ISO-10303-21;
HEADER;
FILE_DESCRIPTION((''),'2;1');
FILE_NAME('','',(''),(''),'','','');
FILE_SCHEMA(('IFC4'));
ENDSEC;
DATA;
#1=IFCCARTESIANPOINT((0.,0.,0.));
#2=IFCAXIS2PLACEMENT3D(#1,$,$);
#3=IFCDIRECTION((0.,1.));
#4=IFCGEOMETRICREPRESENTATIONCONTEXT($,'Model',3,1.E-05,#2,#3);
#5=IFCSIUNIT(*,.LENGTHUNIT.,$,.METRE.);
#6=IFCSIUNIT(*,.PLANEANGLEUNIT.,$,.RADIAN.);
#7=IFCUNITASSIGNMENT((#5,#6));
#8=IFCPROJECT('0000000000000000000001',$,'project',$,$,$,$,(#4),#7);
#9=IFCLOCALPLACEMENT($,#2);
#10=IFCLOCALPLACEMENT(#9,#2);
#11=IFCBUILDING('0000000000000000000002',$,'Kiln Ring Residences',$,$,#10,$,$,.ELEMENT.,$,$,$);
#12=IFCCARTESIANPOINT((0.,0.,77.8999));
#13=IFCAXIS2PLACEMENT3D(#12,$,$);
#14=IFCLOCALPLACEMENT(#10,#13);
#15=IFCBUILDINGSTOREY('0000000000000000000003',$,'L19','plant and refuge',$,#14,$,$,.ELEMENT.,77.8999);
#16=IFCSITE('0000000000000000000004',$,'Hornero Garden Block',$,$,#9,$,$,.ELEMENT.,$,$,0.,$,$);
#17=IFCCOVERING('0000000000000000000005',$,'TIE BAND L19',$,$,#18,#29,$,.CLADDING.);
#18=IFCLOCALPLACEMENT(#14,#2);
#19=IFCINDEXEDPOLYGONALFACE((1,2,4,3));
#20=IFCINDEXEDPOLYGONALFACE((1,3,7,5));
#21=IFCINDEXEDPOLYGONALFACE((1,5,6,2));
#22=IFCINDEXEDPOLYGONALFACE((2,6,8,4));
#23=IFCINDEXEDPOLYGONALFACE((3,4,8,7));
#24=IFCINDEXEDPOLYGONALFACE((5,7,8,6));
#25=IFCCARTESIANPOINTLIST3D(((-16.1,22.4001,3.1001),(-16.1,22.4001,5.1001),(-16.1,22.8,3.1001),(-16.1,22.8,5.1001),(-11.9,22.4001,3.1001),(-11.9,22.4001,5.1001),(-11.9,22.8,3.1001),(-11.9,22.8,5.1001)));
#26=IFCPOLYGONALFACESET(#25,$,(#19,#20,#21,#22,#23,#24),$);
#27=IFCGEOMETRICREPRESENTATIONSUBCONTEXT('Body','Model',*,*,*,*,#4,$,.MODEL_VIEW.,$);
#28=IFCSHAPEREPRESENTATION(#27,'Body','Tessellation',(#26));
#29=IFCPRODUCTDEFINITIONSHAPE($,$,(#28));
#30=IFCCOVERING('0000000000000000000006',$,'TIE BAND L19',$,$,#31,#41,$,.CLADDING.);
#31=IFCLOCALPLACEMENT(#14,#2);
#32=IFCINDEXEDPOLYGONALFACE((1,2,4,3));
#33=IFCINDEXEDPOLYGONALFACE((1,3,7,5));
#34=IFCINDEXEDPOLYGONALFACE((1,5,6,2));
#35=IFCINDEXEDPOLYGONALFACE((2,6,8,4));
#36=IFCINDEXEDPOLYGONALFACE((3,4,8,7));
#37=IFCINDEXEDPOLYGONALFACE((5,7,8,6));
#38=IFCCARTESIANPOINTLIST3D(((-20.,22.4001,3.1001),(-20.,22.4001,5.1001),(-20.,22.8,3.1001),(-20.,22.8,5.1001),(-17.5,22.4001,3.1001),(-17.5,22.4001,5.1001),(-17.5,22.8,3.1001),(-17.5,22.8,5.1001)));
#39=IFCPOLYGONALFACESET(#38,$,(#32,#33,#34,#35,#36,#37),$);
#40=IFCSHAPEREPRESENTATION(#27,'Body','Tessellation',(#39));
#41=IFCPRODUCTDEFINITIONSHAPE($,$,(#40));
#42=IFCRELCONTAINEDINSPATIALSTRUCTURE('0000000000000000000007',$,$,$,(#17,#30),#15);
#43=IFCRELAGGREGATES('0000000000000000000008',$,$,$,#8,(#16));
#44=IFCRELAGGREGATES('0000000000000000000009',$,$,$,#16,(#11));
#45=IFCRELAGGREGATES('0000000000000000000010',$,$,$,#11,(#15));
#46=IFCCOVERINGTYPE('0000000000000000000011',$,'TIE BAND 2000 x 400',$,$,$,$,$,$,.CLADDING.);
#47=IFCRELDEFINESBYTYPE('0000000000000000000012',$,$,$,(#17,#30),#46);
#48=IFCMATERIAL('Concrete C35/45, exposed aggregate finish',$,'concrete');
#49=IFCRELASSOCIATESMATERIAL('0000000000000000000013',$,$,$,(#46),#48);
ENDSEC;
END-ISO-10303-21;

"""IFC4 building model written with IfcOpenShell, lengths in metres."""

from ifc_helpers import new_model, si_unit, direction, frame, origin, origin_2d, place, context, subcontext, project, spatial, rectangle, extrude, material, type_object, element, save


model = new_model("IFC4")

# Units and contexts
model_context = context("Model", 3, precision=1e-05, world=origin(), true_north=direction((0.0, 1.0)))
body_context = subcontext(model_context, "Body", "Model", "MODEL_VIEW")
ifc_project = project(units=[si_unit("LENGTHUNIT", "METRE"), si_unit("PLANEANGLEUNIT", "RADIAN")], contexts=[model_context])

# Site, building, storey
site_placement = place(None, origin())
site = spatial("IfcSite", under=ifc_project, at=site_placement, Name="Hornero Garden Block", CompositionType="ELEMENT", RefElevation=0.0)
building_placement = place(site_placement, origin())
building = spatial("IfcBuilding", under=site, at=building_placement, Name="Kiln Ring Residences", CompositionType="ELEMENT")
storey_placement = place(building_placement, frame((0.0, 0.0, 77.8999)))
storey = spatial("IfcBuildingStorey", under=building, at=storey_placement, Name="L19", Description="plant and refuge", CompositionType="ELEMENT", Elevation=77.8999)

# Coverings
ifc_material_1 = material(Name="Concrete C35/45, exposed aggregate finish", Category="concrete")
covering_type = type_object("IfcCoveringType", Name="TIE BAND 2000 x 400", PredefinedType="CLADDING", material=ifc_material_1)
covering_1_placement = place(storey_placement, frame((-14.0, 22.6001, 3.1001), z_axis=(0.0, 0.0, 1.0), x_axis=(-1.0, 0.0, 0.0)))
element("IfcCovering", 1, at=covering_1_placement, inside=storey, type_object=covering_type, Name="TIE BAND L19", PredefinedType="CLADDING", context=body_context, shape_type="SweptSolid", body=[
    extrude(rectangle(XDim=4.2, YDim=0.3999, at=origin_2d()), origin(), (0.0, 0.0, 1.0), 2.0),
])
covering_2_placement = place(storey_placement, frame((-18.75, 22.6001, 3.1001), z_axis=(0.0, 0.0, 1.0), x_axis=(-1.0, 0.0, 0.0)))
element("IfcCovering", 2, at=covering_2_placement, inside=storey, type_object=covering_type, Name="TIE BAND L19", PredefinedType="CLADDING", context=body_context, shape_type="SweptSolid", body=[
    extrude(rectangle(XDim=2.5, YDim=0.3999, at=origin_2d()), origin(), (0.0, 0.0, 1.0), 2.0),
])

save(model, "model.ifc")
